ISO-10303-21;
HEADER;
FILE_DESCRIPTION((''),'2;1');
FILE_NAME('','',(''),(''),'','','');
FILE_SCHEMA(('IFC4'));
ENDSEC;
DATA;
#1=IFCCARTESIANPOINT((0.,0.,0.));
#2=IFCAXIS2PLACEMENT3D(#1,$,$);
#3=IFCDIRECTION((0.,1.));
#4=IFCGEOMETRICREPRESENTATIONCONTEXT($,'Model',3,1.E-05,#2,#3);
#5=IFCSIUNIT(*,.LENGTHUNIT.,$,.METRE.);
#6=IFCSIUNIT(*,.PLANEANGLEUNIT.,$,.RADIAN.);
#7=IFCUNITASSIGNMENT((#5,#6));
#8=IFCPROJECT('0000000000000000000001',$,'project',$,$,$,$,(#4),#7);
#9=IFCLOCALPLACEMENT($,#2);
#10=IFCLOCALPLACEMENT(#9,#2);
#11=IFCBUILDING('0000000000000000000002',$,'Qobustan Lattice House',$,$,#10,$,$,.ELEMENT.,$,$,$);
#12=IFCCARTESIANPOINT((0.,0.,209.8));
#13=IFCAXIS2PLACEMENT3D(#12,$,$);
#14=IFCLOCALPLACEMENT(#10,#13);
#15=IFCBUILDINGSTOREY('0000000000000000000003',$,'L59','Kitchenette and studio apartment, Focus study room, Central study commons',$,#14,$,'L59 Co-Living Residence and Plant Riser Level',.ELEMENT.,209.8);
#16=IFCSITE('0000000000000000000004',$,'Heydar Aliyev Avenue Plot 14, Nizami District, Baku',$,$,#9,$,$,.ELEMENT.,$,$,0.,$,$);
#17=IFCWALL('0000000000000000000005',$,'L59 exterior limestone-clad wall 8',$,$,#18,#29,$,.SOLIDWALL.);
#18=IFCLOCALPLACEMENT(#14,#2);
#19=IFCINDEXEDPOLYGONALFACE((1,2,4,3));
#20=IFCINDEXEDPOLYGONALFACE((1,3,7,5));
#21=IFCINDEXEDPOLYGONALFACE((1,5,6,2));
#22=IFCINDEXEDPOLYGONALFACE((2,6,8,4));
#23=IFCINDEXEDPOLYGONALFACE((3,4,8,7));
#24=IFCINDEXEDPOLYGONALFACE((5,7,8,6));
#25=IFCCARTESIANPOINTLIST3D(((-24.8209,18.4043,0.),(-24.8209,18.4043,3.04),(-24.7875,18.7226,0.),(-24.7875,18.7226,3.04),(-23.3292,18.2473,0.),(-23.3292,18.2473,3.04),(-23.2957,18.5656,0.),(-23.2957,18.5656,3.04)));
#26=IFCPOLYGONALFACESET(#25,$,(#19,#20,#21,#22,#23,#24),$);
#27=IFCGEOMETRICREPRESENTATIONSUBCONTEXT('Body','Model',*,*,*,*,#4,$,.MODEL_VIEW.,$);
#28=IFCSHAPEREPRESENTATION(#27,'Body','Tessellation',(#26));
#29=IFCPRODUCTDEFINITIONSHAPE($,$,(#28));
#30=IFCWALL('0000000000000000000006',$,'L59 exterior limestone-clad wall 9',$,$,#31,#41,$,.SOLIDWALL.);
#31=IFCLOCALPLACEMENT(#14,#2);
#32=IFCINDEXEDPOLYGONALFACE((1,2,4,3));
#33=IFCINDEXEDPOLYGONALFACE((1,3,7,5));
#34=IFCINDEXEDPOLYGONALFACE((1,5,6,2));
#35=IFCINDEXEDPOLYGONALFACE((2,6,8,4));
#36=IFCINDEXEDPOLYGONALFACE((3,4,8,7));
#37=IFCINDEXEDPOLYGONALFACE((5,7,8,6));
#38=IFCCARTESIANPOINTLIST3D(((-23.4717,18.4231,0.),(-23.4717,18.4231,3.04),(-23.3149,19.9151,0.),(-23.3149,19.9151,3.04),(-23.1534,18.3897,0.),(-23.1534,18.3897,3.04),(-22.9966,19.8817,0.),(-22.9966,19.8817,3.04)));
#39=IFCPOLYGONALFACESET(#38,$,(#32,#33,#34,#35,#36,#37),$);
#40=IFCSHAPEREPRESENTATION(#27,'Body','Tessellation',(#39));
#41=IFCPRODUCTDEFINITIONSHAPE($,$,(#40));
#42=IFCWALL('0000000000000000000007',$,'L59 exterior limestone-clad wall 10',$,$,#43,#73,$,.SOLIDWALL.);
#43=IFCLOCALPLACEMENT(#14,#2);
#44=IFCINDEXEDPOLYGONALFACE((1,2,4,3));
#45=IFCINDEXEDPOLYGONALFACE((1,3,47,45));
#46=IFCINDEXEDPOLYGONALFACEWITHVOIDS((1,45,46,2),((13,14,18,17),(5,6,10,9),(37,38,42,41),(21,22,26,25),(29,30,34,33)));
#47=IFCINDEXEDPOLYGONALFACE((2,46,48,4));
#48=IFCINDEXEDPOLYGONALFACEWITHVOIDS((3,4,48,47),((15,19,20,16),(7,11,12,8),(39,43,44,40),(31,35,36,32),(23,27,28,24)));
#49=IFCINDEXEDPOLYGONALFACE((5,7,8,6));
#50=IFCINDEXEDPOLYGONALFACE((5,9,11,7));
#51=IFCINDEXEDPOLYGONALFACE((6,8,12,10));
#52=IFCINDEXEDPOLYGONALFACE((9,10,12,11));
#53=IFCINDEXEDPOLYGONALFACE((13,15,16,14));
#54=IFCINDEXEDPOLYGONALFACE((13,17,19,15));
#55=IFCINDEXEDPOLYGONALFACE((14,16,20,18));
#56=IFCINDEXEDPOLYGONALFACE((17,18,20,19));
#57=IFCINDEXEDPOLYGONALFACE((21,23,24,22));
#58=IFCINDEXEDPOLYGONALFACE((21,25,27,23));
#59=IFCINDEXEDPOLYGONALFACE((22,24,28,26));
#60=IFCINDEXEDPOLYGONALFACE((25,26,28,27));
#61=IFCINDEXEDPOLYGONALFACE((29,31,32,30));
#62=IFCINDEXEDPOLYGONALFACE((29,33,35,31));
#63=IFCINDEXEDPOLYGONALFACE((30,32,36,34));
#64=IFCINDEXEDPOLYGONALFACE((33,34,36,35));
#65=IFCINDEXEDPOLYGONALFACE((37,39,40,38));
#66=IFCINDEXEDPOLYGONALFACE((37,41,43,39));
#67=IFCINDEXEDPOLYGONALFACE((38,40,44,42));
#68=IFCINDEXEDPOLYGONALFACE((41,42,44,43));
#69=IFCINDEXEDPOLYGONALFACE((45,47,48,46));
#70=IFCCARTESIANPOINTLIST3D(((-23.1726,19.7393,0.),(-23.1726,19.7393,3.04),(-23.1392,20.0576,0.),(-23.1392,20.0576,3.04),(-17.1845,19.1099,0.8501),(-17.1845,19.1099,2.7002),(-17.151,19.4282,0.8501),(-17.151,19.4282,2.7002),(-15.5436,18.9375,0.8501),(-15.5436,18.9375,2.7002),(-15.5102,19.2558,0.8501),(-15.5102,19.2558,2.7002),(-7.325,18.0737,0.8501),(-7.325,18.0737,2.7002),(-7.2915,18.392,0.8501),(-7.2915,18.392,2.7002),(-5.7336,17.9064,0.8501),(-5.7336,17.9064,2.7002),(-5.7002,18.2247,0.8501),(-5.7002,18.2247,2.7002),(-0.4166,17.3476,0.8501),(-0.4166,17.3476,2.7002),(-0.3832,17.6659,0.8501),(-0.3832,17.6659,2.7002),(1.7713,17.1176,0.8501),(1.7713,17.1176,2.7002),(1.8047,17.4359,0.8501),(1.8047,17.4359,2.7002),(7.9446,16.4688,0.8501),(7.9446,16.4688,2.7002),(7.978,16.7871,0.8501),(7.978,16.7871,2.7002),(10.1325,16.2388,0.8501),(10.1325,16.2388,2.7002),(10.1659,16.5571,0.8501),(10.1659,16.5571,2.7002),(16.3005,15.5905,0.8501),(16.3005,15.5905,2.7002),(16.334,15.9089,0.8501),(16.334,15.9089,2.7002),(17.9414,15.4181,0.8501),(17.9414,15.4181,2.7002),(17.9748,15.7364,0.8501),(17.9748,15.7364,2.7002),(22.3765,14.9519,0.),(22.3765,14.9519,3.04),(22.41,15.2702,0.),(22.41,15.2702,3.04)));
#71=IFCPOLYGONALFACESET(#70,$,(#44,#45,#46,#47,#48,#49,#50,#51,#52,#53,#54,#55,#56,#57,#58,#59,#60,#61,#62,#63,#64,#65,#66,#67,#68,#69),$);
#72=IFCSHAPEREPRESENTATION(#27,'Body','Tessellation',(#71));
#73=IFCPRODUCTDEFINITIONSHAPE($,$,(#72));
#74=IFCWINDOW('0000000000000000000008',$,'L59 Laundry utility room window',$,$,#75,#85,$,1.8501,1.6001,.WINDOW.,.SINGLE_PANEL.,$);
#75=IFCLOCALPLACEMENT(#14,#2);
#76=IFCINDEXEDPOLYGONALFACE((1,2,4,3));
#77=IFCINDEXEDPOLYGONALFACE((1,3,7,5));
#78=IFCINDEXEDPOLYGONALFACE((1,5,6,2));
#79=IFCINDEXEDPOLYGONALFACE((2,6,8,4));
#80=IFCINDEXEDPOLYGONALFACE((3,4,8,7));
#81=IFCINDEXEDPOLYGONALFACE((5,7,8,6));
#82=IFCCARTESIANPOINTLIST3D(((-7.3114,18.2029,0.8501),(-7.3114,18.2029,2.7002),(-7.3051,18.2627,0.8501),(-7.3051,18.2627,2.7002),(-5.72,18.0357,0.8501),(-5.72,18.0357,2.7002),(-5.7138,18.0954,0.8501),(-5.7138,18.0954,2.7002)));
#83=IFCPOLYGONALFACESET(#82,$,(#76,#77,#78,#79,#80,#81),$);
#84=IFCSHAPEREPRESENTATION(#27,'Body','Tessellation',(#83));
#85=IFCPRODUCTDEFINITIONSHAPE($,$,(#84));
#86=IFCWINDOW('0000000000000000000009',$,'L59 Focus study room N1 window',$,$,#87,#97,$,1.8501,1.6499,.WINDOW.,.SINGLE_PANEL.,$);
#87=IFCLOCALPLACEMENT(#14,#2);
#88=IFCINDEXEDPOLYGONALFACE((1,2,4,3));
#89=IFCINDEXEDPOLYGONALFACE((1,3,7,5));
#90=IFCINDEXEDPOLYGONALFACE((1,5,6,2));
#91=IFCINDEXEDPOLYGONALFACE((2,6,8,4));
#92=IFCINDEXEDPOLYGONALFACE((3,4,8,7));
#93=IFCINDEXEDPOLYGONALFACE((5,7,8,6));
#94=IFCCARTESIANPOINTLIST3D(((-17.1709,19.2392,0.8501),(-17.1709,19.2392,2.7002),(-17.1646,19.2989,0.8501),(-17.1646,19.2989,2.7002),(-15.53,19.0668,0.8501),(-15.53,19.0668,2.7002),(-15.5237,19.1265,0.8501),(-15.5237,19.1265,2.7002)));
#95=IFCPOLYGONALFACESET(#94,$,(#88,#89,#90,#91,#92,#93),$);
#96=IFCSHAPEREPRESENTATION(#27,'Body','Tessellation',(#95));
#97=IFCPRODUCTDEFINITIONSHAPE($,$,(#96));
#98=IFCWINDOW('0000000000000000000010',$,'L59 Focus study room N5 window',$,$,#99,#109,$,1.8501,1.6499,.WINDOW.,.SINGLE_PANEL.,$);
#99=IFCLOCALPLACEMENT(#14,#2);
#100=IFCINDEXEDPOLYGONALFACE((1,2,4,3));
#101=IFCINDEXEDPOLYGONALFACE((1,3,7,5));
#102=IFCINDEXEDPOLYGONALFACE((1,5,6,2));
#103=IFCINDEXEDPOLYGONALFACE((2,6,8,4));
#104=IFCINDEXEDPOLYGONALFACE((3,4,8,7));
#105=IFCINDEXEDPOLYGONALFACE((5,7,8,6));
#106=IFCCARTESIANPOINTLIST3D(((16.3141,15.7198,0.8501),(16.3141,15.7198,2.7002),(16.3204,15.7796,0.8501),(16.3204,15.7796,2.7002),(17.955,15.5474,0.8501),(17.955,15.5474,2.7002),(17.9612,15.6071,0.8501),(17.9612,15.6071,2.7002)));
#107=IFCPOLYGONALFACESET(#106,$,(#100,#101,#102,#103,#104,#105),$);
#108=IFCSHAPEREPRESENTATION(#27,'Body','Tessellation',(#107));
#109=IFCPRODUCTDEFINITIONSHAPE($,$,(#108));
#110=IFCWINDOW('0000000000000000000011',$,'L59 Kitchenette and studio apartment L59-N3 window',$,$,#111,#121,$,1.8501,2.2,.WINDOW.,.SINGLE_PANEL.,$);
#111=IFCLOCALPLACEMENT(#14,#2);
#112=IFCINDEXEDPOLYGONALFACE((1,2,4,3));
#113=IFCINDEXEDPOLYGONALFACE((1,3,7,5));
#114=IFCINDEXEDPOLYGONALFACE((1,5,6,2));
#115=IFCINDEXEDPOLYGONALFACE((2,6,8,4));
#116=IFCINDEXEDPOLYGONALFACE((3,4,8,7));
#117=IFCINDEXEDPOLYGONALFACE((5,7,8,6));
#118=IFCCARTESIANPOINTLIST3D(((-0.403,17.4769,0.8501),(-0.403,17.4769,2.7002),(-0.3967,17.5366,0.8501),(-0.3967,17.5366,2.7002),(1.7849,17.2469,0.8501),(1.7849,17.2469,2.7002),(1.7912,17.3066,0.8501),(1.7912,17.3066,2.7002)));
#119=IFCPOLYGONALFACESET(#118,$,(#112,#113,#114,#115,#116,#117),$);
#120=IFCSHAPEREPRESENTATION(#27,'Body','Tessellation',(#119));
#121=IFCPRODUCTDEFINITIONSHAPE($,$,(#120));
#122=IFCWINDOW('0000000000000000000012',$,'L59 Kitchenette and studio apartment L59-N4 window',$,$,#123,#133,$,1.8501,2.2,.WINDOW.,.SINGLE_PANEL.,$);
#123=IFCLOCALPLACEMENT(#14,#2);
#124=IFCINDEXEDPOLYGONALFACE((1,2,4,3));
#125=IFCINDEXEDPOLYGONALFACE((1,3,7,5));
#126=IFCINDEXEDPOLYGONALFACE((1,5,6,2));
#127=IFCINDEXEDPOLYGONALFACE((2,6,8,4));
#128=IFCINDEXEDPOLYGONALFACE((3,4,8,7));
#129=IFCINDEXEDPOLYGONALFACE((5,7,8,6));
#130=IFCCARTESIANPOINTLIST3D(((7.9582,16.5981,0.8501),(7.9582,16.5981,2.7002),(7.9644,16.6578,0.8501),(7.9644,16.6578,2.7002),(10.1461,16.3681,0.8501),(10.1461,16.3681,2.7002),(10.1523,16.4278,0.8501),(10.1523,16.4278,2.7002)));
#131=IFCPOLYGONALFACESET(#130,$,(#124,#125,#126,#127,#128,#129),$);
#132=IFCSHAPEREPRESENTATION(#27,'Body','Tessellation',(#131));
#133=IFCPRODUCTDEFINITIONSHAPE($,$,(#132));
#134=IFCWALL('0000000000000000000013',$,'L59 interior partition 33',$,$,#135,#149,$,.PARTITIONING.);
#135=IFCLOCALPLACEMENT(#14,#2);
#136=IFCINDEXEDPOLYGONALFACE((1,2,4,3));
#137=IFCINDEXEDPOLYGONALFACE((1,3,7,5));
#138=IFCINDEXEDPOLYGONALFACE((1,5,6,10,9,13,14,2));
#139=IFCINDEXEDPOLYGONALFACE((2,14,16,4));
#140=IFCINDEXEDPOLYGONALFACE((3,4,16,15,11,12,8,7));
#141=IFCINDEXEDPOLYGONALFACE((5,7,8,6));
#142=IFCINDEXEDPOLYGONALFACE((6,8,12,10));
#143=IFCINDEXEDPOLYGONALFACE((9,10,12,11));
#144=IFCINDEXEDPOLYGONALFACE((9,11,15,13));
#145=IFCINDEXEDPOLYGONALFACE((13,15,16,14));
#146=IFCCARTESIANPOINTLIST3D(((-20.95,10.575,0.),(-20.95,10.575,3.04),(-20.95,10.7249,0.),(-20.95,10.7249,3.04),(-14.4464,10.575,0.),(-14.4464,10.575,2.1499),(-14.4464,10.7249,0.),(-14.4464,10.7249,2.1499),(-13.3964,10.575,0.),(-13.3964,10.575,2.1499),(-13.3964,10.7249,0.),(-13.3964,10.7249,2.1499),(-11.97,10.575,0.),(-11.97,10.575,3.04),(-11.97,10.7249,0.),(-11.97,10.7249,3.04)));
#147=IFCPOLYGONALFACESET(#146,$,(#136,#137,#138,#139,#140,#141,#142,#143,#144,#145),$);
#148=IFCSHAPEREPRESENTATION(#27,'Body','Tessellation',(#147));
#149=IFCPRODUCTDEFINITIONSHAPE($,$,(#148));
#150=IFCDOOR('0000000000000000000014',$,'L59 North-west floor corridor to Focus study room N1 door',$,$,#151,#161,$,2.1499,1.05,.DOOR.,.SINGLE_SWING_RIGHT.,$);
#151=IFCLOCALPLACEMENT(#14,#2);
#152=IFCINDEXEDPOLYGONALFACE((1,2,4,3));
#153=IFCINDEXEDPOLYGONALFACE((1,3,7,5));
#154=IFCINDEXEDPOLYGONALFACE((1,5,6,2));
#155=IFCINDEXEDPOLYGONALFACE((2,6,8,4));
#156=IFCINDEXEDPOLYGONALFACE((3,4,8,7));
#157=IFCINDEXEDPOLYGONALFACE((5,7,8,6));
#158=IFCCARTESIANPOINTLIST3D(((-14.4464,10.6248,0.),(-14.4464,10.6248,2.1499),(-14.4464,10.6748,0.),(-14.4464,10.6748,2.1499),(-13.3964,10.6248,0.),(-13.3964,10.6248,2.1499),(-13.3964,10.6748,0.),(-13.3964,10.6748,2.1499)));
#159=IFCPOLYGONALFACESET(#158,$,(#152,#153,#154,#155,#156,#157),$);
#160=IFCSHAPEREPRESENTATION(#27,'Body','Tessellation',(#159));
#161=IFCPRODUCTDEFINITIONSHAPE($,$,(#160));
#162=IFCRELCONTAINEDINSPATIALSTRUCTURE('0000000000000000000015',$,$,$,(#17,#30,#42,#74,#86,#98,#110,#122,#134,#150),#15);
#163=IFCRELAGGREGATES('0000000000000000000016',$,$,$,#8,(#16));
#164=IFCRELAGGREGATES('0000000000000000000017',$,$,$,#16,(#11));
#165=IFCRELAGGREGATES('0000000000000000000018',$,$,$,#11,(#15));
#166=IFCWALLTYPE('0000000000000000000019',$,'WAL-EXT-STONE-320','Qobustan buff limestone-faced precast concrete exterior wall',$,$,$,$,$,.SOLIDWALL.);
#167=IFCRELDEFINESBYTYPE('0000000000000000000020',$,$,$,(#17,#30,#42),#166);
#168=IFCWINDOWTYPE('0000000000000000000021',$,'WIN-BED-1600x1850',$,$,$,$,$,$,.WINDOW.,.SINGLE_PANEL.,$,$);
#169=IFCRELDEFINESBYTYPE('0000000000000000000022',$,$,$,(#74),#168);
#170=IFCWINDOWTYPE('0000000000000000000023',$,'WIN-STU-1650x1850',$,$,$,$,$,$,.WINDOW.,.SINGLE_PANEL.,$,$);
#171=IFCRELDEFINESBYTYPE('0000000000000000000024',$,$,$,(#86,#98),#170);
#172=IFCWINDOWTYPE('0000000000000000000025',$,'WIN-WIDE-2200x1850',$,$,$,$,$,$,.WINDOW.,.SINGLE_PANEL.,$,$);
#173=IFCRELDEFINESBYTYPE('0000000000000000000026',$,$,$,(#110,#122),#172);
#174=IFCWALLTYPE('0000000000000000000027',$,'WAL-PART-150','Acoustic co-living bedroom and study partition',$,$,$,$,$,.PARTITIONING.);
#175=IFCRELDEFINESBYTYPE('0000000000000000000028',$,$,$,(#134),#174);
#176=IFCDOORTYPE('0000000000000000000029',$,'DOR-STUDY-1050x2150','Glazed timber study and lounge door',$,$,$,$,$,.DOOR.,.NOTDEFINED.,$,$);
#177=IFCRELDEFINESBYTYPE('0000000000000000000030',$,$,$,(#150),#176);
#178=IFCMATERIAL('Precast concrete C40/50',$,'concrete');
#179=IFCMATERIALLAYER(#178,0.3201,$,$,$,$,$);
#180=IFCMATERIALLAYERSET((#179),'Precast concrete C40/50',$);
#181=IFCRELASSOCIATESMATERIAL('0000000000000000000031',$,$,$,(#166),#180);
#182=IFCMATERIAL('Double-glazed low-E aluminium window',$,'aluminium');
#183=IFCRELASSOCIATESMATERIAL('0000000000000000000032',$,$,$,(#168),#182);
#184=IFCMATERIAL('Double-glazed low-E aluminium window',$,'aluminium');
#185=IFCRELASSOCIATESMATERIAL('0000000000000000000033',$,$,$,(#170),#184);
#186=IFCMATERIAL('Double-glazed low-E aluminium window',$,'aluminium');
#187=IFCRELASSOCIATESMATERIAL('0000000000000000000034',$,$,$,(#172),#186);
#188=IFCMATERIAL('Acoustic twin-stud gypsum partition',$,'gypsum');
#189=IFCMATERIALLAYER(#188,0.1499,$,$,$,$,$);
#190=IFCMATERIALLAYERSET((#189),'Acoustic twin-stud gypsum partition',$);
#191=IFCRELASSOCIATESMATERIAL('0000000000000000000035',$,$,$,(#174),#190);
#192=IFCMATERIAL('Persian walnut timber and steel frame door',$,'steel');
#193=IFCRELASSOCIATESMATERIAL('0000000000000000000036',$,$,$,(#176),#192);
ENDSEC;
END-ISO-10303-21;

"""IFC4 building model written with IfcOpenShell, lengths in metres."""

from ifc_helpers import new_model, si_unit, direction, frame, frame_2d, origin, place, context, subcontext, project, spatial, rectangle, extrude, material, layer, layer_set, type_object, element, fill, save


model = new_model("IFC4")

# Units and contexts
model_context = context("Model", 3, precision=1e-05, world=origin(), true_north=direction((0.0, 1.0)))
body_context = subcontext(model_context, "Body", "Model", "MODEL_VIEW")
ifc_project = project(units=[si_unit("LENGTHUNIT", "METRE"), si_unit("PLANEANGLEUNIT", "RADIAN")], contexts=[model_context])

# Site, building, storey
site_placement = place(None, origin())
site = spatial("IfcSite", under=ifc_project, at=site_placement, Name="Heydar Aliyev Avenue Plot 14, Nizami District, Baku", CompositionType="ELEMENT", RefElevation=0.0)
building_placement = place(site_placement, origin())
building = spatial("IfcBuilding", under=site, at=building_placement, Name="Qobustan Lattice House", CompositionType="ELEMENT")
storey_placement = place(building_placement, frame((0.0, 0.0, 209.8)))
storey = spatial("IfcBuildingStorey", under=building, at=storey_placement, Name="L59", Description="Kitchenette and studio apartment, Focus study room, Central study commons", LongName="L59 Co-Living Residence and Plant Riser Level", CompositionType="ELEMENT", Elevation=209.8)

# Walls
ifc_material_1 = material(Name="Precast concrete C40/50", Category="concrete")
ifc_layer_1 = layer(ifc_material_1, 0.3201)
ifc_layer_set_1 = layer_set([ifc_layer_1], Name="Precast concrete C40/50")
wall_type_1 = type_object("IfcWallType", Name="WAL-EXT-STONE-320", Description="Qobustan buff limestone-faced precast concrete exterior wall", PredefinedType="SOLIDWALL", material=ifc_layer_set_1)
wall_1_placement = place(storey_placement, frame((-24.8042, 18.5635, 0.0), z_axis=(0.0, 0.0, 1.0), x_axis=(0.994508, -0.104659, 0.0)))
element("IfcWall", 1, at=wall_1_placement, inside=storey, type_object=wall_type_1, Name="L59 exterior limestone-clad wall 8", PredefinedType="SOLIDWALL", context=body_context, shape_type="SweptSolid", body=[
    extrude(rectangle(XDim=1.5, YDim=0.3201, at=frame_2d((0.75, 0.0))), origin(), (0.0, 0.0, 1.0), 3.04),
])
wall_2_placement = place(storey_placement, frame((-23.3125, 18.4065, 0.0), z_axis=(0.0, 0.0, 1.0), x_axis=(0.104481, 0.994527, 0.0)))
element("IfcWall", 2, at=wall_2_placement, inside=storey, type_object=wall_type_1, Name="L59 exterior limestone-clad wall 9", PredefinedType="SOLIDWALL", context=body_context, shape_type="SweptSolid", body=[
    extrude(rectangle(XDim=1.5002, YDim=0.3201, at=frame_2d((0.75, 0.0))), origin(), (0.0, 0.0, 1.0), 3.04),
])

# Wall, openings, windows
wall_3_placement = place(storey_placement, frame((-23.1558, 19.8984, 0.0), z_axis=(0.0, 0.0, 1.0), x_axis=(0.994522, -0.104527, 0.0)))
wall_3 = element("IfcWall", 3, at=wall_3_placement, inside=storey, type_object=wall_type_1, Name="L59 exterior limestone-clad wall 10", PredefinedType="SOLIDWALL", context=body_context, shape_type="SweptSolid", body=[
    extrude(rectangle(XDim=45.8, YDim=0.3201, at=frame_2d((22.8999, 0.0))), origin(), (0.0, 0.0, 1.0), 3.04),
])
opening_1_placement = place(wall_3_placement, frame((6.021, 0.0, 0.8501)))
opening_1 = element("IfcOpeningElement", 4, at=opening_1_placement, cuts=wall_3, PredefinedType="OPENING", context=body_context, shape_type="SweptSolid", body=[
    extrude(rectangle(XDim=1.6499, YDim=1.8501, at=frame_2d((0.825, 0.925))), frame((0.0, 0.1699, 0.0), z_axis=(0.0, -1.0, 0.0), x_axis=(1.0, 0.0, 0.0)), (0.0, 0.0, 1.0), 0.3401),
])
opening_2_placement = place(wall_3_placement, frame((15.9348, 0.0, 0.8501)))
opening_2 = element("IfcOpeningElement", 5, at=opening_2_placement, cuts=wall_3, PredefinedType="OPENING", context=body_context, shape_type="SweptSolid", body=[
    extrude(rectangle(XDim=1.6001, YDim=1.8501, at=frame_2d((0.8, 0.925))), frame((0.0, 0.1699, 0.0), z_axis=(0.0, -1.0, 0.0), x_axis=(1.0, 0.0, 0.0)), (0.0, 0.0, 1.0), 0.3401),
])
opening_3_placement = place(wall_3_placement, frame((22.8811, 0.0, 0.8501)))
opening_3 = element("IfcOpeningElement", 6, at=opening_3_placement, cuts=wall_3, PredefinedType="OPENING", context=body_context, shape_type="SweptSolid", body=[
    extrude(rectangle(XDim=2.2, YDim=1.8501, at=frame_2d((1.1001, 0.925))), frame((0.0, 0.1699, 0.0), z_axis=(0.0, -1.0, 0.0), x_axis=(1.0, 0.0, 0.0)), (0.0, 0.0, 1.0), 0.3401),
])
opening_4_placement = place(wall_3_placement, frame((31.2883, 0.0, 0.8501)))
opening_4 = element("IfcOpeningElement", 7, at=opening_4_placement, cuts=wall_3, PredefinedType="OPENING", context=body_context, shape_type="SweptSolid", body=[
    extrude(rectangle(XDim=2.2, YDim=1.8501, at=frame_2d((1.1001, 0.925))), frame((0.0, 0.1699, 0.0), z_axis=(0.0, -1.0, 0.0), x_axis=(1.0, 0.0, 0.0)), (0.0, 0.0, 1.0), 0.3401),
])
opening_5_placement = place(wall_3_placement, frame((39.6904, 0.0, 0.8501)))
opening_5 = element("IfcOpeningElement", 8, at=opening_5_placement, cuts=wall_3, PredefinedType="OPENING", context=body_context, shape_type="SweptSolid", body=[
    extrude(rectangle(XDim=1.6499, YDim=1.8501, at=frame_2d((0.825, 0.925))), frame((0.0, 0.1699, 0.0), z_axis=(0.0, -1.0, 0.0), x_axis=(1.0, 0.0, 0.0)), (0.0, 0.0, 1.0), 0.3401),
])
ifc_material_2 = material(Name="Double-glazed low-E aluminium window", Category="aluminium")
window_type_1 = type_object("IfcWindowType", Name="WIN-BED-1600x1850", PartitioningType="SINGLE_PANEL", PredefinedType="WINDOW", material=ifc_material_2)
window_1_placement = place(opening_2_placement, origin())
window_1 = element("IfcWindow", 9, at=window_1_placement, inside=storey, type_object=window_type_1, Name="L59 Laundry utility room window", OverallHeight=1.8501, OverallWidth=1.6001, PartitioningType="SINGLE_PANEL", PredefinedType="WINDOW", context=body_context, shape_type="SweptSolid", body=[
    extrude(rectangle(XDim=1.6001, YDim=1.8501, at=frame_2d((0.8, 0.925))), frame((0.0, 0.03, 0.0), z_axis=(0.0, -1.0, 0.0), x_axis=(1.0, 0.0, 0.0)), (0.0, 0.0, 1.0), 0.0601),
])
fill(opening_2, window_1)
ifc_material_3 = material(Name="Double-glazed low-E aluminium window", Category="aluminium")
window_type_2 = type_object("IfcWindowType", Name="WIN-STU-1650x1850", PartitioningType="SINGLE_PANEL", PredefinedType="WINDOW", material=ifc_material_3)
window_2_placement = place(opening_1_placement, origin())
window_2 = element("IfcWindow", 10, at=window_2_placement, inside=storey, type_object=window_type_2, Name="L59 Focus study room N1 window", OverallHeight=1.8501, OverallWidth=1.6499, PartitioningType="SINGLE_PANEL", PredefinedType="WINDOW", context=body_context, shape_type="SweptSolid", body=[
    extrude(rectangle(XDim=1.6499, YDim=1.8501, at=frame_2d((0.825, 0.925))), frame((0.0, 0.03, 0.0), z_axis=(0.0, -1.0, 0.0), x_axis=(1.0, 0.0, 0.0)), (0.0, 0.0, 1.0), 0.0601),
])
fill(opening_1, window_2)
window_3_placement = place(opening_5_placement, origin())
window_3 = element("IfcWindow", 11, at=window_3_placement, inside=storey, type_object=window_type_2, Name="L59 Focus study room N5 window", OverallHeight=1.8501, OverallWidth=1.6499, PartitioningType="SINGLE_PANEL", PredefinedType="WINDOW", context=body_context, shape_type="SweptSolid", body=[
    extrude(rectangle(XDim=1.6499, YDim=1.8501, at=frame_2d((0.825, 0.925))), frame((0.0, 0.03, 0.0), z_axis=(0.0, -1.0, 0.0), x_axis=(1.0, 0.0, 0.0)), (0.0, 0.0, 1.0), 0.0601),
])
fill(opening_5, window_3)
ifc_material_4 = material(Name="Double-glazed low-E aluminium window", Category="aluminium")
window_type_3 = type_object("IfcWindowType", Name="WIN-WIDE-2200x1850", PartitioningType="SINGLE_PANEL", PredefinedType="WINDOW", material=ifc_material_4)
window_4_placement = place(opening_3_placement, origin())
window_4 = element("IfcWindow", 12, at=window_4_placement, inside=storey, type_object=window_type_3, Name="L59 Kitchenette and studio apartment L59-N3 window", OverallHeight=1.8501, OverallWidth=2.2, PartitioningType="SINGLE_PANEL", PredefinedType="WINDOW", context=body_context, shape_type="SweptSolid", body=[
    extrude(rectangle(XDim=2.2, YDim=1.8501, at=frame_2d((1.1001, 0.925))), frame((0.0, 0.03, 0.0), z_axis=(0.0, -1.0, 0.0), x_axis=(1.0, 0.0, 0.0)), (0.0, 0.0, 1.0), 0.0601),
])
fill(opening_3, window_4)
window_5_placement = place(opening_4_placement, origin())
window_5 = element("IfcWindow", 13, at=window_5_placement, inside=storey, type_object=window_type_3, Name="L59 Kitchenette and studio apartment L59-N4 window", OverallHeight=1.8501, OverallWidth=2.2, PartitioningType="SINGLE_PANEL", PredefinedType="WINDOW", context=body_context, shape_type="SweptSolid", body=[
    extrude(rectangle(XDim=2.2, YDim=1.8501, at=frame_2d((1.1001, 0.925))), frame((0.0, 0.03, 0.0), z_axis=(0.0, -1.0, 0.0), x_axis=(1.0, 0.0, 0.0)), (0.0, 0.0, 1.0), 0.0601),
])
fill(opening_4, window_5)

# Wall, opening, door
ifc_material_5 = material(Name="Acoustic twin-stud gypsum partition", Category="gypsum")
ifc_layer_2 = layer(ifc_material_5, 0.1499)
ifc_layer_set_2 = layer_set([ifc_layer_2], Name="Acoustic twin-stud gypsum partition")
wall_type_2 = type_object("IfcWallType", Name="WAL-PART-150", Description="Acoustic co-living bedroom and study partition", PredefinedType="PARTITIONING", material=ifc_layer_set_2)
wall_4_placement = place(storey_placement, frame((-20.95, 10.6499, 0.0), z_axis=(0.0, 0.0, 1.0), x_axis=(1.0, 0.0, 0.0)))
wall_4 = element("IfcWall", 14, at=wall_4_placement, inside=storey, type_object=wall_type_2, Name="L59 interior partition 33", PredefinedType="PARTITIONING", context=body_context, shape_type="SweptSolid", body=[
    extrude(rectangle(XDim=8.98, YDim=0.1499, at=frame_2d((4.49, 0.0))), origin(), (0.0, 0.0, 1.0), 3.04),
])
opening_6_placement = place(wall_4_placement, frame((6.5037, 0.0, 0.0)))
opening_6 = element("IfcOpeningElement", 15, at=opening_6_placement, cuts=wall_4, PredefinedType="OPENING", context=body_context, shape_type="SweptSolid", body=[
    extrude(rectangle(XDim=1.05, YDim=2.1499, at=frame_2d((0.5249, 1.075))), frame((0.0, 0.085, 0.0), z_axis=(0.0, -1.0, 0.0), x_axis=(1.0, 0.0, 0.0)), (0.0, 0.0, 1.0), 0.1699),
])
ifc_material_6 = material(Name="Persian walnut timber and steel frame door", Category="steel")
door_type = type_object("IfcDoorType", Name="DOR-STUDY-1050x2150", Description="Glazed timber study and lounge door", OperationType="NOTDEFINED", PredefinedType="DOOR", material=ifc_material_6)
door_placement = place(opening_6_placement, origin())
door = element("IfcDoor", 16, at=door_placement, inside=storey, type_object=door_type, Name="L59 North-west floor corridor to Focus study room N1 door", OperationType="SINGLE_SWING_RIGHT", OverallHeight=2.1499, OverallWidth=1.05, PredefinedType="DOOR", context=body_context, shape_type="SweptSolid", body=[
    extrude(rectangle(XDim=1.05, YDim=2.1499, at=frame_2d((0.5249, 1.075))), frame((0.0, 0.0249, 0.0), z_axis=(0.0, -1.0, 0.0), x_axis=(1.0, 0.0, 0.0)), (0.0, 0.0, 1.0), 0.05),
])
fill(opening_6, door)

save(model, "model.ifc")
